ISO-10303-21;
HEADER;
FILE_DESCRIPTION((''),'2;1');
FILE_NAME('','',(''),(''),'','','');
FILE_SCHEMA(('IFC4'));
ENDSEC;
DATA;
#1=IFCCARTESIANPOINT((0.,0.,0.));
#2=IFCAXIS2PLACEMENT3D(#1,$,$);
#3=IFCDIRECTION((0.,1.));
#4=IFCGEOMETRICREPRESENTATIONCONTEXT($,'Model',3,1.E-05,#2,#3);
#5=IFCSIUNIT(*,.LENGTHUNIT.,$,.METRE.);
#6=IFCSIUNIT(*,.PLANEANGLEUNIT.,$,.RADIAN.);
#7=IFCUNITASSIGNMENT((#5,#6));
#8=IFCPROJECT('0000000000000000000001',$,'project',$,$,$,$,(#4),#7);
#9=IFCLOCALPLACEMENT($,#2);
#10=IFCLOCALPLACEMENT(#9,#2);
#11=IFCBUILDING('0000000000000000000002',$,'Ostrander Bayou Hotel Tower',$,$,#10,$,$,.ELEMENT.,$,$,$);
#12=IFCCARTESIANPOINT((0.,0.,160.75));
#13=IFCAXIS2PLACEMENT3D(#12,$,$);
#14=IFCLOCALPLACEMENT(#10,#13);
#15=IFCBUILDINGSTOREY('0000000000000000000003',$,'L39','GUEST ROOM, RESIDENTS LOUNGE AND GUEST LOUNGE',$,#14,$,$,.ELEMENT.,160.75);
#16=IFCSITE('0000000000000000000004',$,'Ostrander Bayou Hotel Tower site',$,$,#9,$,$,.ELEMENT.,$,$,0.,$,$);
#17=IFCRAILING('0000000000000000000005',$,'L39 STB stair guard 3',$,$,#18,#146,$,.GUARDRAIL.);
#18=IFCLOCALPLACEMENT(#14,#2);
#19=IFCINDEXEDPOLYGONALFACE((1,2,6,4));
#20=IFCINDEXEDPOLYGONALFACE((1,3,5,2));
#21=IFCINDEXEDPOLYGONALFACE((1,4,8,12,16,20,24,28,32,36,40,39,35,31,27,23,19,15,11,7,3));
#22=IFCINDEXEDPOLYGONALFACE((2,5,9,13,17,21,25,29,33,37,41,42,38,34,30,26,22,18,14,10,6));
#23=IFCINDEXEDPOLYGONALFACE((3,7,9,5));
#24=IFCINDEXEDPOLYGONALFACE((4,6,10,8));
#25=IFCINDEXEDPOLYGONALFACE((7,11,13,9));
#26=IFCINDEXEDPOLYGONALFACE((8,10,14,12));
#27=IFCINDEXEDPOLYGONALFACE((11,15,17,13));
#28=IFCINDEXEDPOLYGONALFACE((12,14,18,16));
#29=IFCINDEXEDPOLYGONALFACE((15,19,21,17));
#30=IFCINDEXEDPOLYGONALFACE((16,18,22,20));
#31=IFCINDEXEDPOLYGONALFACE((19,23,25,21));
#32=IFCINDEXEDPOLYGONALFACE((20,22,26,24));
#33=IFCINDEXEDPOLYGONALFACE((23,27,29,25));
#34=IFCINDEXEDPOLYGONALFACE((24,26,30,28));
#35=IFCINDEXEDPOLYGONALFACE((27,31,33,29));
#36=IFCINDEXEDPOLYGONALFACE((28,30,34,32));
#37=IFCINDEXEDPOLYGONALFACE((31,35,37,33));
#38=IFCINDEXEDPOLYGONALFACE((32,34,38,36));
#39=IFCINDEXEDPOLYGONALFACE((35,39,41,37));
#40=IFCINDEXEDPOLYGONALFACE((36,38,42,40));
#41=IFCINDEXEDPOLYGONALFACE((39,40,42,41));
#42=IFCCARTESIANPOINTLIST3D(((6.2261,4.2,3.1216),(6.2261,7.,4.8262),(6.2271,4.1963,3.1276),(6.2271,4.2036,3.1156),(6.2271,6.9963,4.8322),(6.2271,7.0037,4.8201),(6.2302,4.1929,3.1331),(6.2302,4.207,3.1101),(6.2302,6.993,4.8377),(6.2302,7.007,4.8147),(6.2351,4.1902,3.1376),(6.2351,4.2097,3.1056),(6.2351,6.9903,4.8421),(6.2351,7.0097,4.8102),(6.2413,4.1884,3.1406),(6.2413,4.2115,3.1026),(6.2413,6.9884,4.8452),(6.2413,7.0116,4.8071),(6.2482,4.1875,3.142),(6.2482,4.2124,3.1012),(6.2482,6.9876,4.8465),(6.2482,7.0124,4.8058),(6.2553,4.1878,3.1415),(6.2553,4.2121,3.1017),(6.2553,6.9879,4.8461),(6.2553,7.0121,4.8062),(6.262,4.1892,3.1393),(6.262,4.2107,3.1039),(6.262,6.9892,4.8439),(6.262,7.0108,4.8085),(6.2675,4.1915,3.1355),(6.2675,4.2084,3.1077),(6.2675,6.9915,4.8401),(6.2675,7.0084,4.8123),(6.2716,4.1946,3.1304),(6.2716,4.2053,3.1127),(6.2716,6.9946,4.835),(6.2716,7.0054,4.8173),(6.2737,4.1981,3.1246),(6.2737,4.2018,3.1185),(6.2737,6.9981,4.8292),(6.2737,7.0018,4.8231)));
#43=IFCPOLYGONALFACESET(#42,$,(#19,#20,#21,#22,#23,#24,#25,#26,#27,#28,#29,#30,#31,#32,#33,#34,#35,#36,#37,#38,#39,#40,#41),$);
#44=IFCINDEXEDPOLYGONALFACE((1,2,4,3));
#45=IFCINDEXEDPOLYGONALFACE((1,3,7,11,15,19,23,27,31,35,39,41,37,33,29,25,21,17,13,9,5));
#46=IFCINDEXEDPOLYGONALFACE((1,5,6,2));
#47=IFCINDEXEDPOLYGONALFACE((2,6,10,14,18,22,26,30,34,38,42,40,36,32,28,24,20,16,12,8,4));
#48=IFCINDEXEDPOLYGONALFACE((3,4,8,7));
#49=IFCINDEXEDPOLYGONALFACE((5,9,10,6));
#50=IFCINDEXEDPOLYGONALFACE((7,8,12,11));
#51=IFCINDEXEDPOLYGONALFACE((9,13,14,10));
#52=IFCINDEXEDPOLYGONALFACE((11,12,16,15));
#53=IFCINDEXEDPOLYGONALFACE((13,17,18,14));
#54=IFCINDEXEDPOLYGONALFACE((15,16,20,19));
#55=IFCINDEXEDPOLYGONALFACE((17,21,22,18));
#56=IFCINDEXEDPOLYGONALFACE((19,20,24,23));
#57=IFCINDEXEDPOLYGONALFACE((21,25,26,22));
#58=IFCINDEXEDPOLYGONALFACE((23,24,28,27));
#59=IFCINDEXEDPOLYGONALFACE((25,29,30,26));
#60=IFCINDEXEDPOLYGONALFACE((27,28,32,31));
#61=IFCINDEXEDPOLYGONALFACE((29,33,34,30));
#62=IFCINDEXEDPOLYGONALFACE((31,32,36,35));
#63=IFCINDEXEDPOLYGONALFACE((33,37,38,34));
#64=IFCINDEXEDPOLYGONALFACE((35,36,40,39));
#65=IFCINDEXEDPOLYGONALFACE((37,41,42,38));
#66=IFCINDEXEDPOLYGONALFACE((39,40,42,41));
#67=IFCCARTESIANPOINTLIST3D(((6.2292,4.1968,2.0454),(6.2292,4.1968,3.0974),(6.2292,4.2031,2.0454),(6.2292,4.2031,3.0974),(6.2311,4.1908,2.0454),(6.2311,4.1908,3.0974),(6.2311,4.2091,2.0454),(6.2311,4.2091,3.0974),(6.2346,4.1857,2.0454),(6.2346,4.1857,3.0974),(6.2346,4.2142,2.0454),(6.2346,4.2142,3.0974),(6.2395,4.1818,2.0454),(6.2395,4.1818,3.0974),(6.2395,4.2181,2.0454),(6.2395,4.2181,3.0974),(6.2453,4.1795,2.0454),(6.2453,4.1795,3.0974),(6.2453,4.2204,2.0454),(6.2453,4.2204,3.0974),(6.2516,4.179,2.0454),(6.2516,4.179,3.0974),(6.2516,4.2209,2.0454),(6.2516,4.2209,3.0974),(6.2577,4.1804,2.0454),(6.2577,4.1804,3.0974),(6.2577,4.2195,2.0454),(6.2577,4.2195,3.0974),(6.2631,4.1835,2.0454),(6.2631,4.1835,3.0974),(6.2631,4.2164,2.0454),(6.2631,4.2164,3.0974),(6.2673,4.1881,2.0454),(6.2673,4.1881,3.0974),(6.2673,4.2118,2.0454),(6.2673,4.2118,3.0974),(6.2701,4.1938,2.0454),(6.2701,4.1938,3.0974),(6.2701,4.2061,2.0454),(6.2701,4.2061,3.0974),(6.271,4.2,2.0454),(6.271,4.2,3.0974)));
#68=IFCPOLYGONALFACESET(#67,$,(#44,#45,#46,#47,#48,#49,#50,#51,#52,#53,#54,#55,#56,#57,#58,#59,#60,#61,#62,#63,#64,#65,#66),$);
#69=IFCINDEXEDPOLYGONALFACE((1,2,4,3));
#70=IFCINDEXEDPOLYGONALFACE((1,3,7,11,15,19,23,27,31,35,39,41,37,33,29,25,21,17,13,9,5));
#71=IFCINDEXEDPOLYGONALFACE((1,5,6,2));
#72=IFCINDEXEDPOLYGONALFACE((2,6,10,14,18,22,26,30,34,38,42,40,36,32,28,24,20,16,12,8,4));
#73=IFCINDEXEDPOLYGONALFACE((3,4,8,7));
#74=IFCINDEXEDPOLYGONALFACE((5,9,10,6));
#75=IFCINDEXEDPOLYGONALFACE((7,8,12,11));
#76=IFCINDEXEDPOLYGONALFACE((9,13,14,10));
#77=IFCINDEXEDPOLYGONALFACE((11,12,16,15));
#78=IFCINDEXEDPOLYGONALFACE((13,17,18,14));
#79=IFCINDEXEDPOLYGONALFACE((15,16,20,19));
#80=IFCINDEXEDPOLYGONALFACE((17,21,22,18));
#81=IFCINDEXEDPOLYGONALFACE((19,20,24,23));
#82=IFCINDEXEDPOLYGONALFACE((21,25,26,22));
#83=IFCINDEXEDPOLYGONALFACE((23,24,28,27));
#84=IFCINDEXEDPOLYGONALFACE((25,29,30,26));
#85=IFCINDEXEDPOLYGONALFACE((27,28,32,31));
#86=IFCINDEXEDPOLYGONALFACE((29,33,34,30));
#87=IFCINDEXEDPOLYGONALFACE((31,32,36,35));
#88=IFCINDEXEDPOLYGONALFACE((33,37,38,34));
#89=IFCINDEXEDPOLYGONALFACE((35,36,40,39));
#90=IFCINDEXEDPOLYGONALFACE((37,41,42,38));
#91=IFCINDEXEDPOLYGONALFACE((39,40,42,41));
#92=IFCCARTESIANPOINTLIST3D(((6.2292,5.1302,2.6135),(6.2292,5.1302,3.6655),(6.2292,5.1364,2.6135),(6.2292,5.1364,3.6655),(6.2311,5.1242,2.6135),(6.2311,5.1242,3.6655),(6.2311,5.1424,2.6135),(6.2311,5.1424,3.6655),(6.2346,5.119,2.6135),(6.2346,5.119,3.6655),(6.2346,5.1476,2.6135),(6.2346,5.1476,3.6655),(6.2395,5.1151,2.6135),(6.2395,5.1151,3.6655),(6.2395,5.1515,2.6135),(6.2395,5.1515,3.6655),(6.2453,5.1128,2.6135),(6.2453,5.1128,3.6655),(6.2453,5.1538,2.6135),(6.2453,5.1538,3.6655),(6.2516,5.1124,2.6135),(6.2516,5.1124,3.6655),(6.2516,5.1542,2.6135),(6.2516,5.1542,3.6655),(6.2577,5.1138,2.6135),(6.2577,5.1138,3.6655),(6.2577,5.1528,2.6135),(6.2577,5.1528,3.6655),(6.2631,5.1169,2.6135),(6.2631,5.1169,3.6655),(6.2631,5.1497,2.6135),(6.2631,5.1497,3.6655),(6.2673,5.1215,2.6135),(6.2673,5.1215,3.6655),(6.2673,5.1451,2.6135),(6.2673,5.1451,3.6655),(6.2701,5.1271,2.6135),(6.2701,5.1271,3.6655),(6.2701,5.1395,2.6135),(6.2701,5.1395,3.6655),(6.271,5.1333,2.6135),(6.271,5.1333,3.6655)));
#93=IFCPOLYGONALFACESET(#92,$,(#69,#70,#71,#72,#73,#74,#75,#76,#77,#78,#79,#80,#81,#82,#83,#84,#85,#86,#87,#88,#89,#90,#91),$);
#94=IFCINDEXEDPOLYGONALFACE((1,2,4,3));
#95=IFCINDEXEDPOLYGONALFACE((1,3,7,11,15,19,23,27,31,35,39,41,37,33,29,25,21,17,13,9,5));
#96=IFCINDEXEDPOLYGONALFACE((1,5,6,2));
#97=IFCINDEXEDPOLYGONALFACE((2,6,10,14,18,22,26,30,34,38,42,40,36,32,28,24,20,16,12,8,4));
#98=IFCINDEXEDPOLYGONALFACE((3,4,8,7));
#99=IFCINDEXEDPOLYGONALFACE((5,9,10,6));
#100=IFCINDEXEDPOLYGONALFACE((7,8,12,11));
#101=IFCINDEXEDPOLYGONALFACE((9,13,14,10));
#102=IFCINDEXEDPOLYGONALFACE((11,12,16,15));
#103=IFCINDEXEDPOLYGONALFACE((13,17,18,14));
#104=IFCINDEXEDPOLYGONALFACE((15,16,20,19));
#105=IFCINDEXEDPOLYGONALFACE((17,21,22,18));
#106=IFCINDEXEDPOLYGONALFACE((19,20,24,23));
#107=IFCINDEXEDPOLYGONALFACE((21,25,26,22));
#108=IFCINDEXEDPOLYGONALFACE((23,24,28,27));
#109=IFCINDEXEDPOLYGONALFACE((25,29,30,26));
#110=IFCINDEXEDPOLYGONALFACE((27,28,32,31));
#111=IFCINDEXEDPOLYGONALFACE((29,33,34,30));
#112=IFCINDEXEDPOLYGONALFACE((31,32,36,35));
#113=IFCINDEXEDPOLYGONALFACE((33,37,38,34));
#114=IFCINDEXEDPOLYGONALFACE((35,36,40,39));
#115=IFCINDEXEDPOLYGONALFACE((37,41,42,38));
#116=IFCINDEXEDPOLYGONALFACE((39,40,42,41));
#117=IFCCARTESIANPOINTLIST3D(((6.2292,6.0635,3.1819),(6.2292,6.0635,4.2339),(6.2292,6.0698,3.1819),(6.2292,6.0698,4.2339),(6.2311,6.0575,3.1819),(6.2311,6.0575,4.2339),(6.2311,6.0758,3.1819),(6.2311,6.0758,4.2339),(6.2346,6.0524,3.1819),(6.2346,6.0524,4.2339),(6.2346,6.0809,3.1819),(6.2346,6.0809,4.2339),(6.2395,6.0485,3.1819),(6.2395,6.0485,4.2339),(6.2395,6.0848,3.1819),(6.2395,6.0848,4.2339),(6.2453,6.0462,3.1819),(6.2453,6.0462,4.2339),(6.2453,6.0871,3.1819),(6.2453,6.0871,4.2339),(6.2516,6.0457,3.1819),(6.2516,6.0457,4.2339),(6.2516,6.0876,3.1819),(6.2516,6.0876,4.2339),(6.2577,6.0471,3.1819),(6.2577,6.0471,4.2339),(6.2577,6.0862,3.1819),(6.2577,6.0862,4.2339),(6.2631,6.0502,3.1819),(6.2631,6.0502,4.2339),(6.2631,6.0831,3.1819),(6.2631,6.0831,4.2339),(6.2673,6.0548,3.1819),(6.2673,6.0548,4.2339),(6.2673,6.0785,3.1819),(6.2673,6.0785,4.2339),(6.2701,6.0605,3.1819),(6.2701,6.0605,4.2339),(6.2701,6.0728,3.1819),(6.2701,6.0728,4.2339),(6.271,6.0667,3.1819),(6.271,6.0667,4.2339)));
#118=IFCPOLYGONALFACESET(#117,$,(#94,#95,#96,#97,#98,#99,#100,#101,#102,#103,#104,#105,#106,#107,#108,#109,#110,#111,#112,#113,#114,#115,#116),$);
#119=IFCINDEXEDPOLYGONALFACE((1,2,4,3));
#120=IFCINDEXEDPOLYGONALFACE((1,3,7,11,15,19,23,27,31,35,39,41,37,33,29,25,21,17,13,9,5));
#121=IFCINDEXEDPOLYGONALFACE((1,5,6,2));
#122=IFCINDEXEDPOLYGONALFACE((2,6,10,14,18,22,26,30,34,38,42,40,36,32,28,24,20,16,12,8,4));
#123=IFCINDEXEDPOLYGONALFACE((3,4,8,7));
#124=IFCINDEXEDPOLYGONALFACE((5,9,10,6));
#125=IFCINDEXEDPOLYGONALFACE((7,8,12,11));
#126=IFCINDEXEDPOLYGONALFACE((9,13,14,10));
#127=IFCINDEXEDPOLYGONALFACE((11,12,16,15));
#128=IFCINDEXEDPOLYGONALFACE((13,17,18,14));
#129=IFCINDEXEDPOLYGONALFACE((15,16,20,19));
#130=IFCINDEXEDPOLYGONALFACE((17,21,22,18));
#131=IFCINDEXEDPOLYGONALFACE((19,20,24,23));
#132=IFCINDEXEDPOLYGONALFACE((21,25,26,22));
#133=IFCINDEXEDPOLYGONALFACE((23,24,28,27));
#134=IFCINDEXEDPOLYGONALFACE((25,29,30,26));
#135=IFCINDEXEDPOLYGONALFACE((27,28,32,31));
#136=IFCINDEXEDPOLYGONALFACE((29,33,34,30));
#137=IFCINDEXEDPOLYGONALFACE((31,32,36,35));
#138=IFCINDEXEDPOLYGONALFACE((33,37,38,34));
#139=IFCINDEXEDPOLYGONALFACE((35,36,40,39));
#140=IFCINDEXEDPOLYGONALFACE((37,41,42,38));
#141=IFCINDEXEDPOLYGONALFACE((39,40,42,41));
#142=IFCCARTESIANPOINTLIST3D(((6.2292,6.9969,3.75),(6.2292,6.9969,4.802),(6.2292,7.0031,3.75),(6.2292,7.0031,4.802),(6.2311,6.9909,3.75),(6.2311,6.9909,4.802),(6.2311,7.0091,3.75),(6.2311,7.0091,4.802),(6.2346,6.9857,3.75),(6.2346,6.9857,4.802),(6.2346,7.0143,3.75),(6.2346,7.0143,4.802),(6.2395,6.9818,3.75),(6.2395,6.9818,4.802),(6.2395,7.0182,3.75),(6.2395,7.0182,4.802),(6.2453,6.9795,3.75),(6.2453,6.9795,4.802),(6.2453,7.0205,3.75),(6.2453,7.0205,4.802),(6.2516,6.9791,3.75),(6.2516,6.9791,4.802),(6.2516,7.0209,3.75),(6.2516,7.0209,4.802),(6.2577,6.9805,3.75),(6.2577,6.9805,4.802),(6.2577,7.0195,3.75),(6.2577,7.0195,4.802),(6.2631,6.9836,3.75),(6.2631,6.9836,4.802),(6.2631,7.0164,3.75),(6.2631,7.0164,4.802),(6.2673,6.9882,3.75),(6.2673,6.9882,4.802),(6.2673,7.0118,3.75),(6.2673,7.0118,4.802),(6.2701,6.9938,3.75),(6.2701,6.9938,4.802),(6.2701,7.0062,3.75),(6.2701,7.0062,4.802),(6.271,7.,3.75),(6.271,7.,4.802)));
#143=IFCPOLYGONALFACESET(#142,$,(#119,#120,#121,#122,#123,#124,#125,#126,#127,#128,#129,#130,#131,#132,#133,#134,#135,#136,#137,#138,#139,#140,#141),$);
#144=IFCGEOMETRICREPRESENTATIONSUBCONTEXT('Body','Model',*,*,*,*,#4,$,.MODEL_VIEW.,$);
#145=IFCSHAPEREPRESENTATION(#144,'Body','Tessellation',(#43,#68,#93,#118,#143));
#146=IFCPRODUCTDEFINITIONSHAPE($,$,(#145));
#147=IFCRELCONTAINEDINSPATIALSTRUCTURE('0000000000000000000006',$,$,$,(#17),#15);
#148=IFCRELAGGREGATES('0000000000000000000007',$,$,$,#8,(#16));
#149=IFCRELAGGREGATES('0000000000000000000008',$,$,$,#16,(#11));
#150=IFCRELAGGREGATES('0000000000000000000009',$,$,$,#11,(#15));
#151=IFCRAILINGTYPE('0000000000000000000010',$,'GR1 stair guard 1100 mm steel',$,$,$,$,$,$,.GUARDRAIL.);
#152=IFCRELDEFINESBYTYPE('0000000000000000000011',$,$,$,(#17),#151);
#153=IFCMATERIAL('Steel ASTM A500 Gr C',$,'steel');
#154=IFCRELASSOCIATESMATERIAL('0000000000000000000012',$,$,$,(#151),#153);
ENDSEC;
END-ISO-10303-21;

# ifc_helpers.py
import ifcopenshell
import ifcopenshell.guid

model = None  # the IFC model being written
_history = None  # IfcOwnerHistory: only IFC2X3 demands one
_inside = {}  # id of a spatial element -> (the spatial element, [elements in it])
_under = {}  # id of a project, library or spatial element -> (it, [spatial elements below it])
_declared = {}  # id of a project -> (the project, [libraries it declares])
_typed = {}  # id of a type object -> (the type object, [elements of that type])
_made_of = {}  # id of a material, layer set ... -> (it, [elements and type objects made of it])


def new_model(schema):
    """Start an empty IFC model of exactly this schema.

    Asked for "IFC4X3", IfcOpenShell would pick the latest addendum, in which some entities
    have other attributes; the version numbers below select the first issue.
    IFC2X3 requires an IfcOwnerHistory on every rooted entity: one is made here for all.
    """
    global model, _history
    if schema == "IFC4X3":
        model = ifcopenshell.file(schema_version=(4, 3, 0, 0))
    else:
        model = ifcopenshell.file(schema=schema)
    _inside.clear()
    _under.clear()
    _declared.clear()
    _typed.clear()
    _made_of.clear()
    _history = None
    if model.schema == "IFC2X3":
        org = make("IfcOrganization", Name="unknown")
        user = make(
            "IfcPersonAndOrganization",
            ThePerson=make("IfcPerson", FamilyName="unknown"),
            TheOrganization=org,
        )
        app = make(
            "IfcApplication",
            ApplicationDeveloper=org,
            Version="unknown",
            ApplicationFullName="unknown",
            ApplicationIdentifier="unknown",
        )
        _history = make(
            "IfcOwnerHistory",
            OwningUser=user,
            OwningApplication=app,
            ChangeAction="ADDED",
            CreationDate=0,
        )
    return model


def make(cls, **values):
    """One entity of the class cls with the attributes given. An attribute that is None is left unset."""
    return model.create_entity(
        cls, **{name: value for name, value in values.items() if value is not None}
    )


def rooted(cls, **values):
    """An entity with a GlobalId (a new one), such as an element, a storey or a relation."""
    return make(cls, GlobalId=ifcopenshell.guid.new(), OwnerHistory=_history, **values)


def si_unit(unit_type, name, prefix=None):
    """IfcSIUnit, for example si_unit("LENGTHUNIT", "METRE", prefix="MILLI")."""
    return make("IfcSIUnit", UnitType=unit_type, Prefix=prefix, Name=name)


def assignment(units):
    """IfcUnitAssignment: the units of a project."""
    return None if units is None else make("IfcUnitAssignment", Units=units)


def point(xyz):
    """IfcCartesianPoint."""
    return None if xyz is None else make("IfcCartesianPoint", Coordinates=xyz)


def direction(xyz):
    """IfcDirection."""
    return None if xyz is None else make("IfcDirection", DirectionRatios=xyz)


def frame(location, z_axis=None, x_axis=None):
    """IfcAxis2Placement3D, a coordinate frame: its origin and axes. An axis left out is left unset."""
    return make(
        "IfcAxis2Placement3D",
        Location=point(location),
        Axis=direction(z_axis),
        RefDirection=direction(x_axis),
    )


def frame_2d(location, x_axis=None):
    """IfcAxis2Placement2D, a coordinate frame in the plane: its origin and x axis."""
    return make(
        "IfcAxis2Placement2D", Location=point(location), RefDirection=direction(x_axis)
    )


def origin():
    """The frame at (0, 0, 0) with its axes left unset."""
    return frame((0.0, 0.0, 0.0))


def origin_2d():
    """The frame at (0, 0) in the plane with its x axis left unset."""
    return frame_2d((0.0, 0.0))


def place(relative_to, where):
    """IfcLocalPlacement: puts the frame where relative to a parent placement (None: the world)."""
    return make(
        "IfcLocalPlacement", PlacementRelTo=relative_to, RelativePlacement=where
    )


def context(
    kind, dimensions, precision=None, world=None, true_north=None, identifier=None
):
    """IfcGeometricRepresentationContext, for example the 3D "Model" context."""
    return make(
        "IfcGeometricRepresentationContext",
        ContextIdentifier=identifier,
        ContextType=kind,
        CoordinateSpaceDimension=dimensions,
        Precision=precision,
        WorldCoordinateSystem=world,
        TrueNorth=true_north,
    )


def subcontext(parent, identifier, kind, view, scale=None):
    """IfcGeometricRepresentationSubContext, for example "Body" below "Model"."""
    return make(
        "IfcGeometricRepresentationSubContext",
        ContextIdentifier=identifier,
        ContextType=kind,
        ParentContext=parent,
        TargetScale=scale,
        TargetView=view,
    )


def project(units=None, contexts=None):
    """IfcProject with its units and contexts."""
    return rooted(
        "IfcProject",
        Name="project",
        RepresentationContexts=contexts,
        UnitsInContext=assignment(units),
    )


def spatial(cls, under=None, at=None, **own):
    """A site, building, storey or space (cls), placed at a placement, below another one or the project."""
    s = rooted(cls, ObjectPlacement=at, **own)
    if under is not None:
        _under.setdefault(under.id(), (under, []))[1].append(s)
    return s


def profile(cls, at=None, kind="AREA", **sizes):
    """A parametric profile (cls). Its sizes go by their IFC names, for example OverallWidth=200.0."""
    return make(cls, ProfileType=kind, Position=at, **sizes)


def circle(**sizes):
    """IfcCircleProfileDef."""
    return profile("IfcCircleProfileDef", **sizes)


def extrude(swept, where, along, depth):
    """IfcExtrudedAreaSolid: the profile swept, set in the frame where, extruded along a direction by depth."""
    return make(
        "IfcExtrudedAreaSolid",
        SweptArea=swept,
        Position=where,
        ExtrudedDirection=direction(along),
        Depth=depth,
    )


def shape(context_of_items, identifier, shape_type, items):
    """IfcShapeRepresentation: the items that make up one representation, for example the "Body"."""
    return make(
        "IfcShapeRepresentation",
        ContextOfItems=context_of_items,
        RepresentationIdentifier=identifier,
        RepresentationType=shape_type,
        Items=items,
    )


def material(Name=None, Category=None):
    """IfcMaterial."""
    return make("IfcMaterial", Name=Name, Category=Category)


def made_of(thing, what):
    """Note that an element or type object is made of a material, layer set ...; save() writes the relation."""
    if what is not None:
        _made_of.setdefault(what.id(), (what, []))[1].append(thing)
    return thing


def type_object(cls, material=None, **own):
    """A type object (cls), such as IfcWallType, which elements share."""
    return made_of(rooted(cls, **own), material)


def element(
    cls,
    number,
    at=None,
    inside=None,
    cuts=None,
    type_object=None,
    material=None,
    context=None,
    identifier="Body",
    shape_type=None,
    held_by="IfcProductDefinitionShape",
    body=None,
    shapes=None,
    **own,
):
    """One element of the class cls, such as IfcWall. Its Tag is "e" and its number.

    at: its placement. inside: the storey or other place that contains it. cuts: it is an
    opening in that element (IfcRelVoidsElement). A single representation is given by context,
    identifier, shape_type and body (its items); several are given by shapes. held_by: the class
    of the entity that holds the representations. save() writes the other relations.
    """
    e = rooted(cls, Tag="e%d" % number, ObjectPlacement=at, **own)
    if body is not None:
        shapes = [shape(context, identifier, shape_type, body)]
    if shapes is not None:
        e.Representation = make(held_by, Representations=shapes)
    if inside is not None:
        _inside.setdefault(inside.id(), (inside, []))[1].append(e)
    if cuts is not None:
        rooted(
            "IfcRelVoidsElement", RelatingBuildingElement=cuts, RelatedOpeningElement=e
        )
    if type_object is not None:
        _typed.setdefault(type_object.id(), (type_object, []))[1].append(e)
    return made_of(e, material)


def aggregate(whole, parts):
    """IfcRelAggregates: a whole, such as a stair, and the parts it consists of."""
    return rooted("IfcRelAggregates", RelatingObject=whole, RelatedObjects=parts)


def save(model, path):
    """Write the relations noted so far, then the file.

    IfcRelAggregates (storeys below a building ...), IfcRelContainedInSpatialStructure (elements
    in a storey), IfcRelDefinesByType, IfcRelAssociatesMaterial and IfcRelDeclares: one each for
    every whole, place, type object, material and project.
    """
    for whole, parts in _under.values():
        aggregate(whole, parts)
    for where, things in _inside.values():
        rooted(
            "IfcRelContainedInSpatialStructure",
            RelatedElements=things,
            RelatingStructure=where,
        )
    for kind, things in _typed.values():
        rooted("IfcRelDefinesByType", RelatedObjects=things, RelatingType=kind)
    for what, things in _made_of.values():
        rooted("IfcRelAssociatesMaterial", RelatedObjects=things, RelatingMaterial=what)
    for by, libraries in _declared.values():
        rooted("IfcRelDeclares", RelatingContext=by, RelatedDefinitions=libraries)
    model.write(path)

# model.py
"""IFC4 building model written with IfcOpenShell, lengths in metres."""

from ifc_helpers import new_model, si_unit, direction, frame, origin, origin_2d, place, context, subcontext, project, spatial, circle, extrude, material, type_object, element, save


model = new_model("IFC4")

# Units and contexts
model_context = context("Model", 3, precision=1e-05, world=origin(), true_north=direction((0.0, 1.0)))
body_context = subcontext(model_context, "Body", "Model", "MODEL_VIEW")
ifc_project = project(units=[si_unit("LENGTHUNIT", "METRE"), si_unit("PLANEANGLEUNIT", "RADIAN")], contexts=[model_context])

# Site, building, storey
site_placement = place(None, origin())
site = spatial("IfcSite", under=ifc_project, at=site_placement, Name="Ostrander Bayou Hotel Tower site", CompositionType="ELEMENT", RefElevation=0.0)
building_placement = place(site_placement, origin())
building = spatial("IfcBuilding", under=site, at=building_placement, Name="Ostrander Bayou Hotel Tower", CompositionType="ELEMENT")
storey_placement = place(building_placement, frame((0.0, 0.0, 160.75)))
storey = spatial("IfcBuildingStorey", under=building, at=storey_placement, Name="L39", Description="GUEST ROOM, RESIDENTS LOUNGE AND GUEST LOUNGE", CompositionType="ELEMENT", Elevation=160.75)

# Railing
ifc_material_1 = material(Name="Steel ASTM A500 Gr C", Category="steel")
railing_type_1 = type_object("IfcRailingType", Name="GR1 stair guard 1100 mm steel", PredefinedType="GUARDRAIL", material=ifc_material_1)
railing_1_placement = place(storey_placement, frame((6.25, 4.2, 2.0454)))
element("IfcRailing", 1, at=railing_1_placement, inside=storey, type_object=railing_type_1, Name="L39 STB stair guard 3", PredefinedType="GUARDRAIL", context=body_context, shape_type="SweptSolid", body=[
    extrude(circle(Radius=0.0239, at=origin_2d()), frame((0.0, 0.0, 1.0762), z_axis=(0.0, 0.85417, 0.519994), x_axis=(-1.0, 0.0, 0.0)), (0.0, 0.0, 1.0), 3.2781),
    extrude(circle(Radius=0.021, at=origin_2d()), origin(), (0.0, 0.0, 1.0), 1.052),
    extrude(circle(Radius=0.021, at=origin_2d()), frame((0.0, 0.9333, 0.5681)), (0.0, 0.0, 1.0), 1.052),
    extrude(circle(Radius=0.021, at=origin_2d()), frame((0.0, 1.8667, 1.1365)), (0.0, 0.0, 1.0), 1.052),
    extrude(circle(Radius=0.021, at=origin_2d()), frame((0.0, 2.8, 1.7046)), (0.0, 0.0, 1.0), 1.052),
])

save(model, "model.ifc")
